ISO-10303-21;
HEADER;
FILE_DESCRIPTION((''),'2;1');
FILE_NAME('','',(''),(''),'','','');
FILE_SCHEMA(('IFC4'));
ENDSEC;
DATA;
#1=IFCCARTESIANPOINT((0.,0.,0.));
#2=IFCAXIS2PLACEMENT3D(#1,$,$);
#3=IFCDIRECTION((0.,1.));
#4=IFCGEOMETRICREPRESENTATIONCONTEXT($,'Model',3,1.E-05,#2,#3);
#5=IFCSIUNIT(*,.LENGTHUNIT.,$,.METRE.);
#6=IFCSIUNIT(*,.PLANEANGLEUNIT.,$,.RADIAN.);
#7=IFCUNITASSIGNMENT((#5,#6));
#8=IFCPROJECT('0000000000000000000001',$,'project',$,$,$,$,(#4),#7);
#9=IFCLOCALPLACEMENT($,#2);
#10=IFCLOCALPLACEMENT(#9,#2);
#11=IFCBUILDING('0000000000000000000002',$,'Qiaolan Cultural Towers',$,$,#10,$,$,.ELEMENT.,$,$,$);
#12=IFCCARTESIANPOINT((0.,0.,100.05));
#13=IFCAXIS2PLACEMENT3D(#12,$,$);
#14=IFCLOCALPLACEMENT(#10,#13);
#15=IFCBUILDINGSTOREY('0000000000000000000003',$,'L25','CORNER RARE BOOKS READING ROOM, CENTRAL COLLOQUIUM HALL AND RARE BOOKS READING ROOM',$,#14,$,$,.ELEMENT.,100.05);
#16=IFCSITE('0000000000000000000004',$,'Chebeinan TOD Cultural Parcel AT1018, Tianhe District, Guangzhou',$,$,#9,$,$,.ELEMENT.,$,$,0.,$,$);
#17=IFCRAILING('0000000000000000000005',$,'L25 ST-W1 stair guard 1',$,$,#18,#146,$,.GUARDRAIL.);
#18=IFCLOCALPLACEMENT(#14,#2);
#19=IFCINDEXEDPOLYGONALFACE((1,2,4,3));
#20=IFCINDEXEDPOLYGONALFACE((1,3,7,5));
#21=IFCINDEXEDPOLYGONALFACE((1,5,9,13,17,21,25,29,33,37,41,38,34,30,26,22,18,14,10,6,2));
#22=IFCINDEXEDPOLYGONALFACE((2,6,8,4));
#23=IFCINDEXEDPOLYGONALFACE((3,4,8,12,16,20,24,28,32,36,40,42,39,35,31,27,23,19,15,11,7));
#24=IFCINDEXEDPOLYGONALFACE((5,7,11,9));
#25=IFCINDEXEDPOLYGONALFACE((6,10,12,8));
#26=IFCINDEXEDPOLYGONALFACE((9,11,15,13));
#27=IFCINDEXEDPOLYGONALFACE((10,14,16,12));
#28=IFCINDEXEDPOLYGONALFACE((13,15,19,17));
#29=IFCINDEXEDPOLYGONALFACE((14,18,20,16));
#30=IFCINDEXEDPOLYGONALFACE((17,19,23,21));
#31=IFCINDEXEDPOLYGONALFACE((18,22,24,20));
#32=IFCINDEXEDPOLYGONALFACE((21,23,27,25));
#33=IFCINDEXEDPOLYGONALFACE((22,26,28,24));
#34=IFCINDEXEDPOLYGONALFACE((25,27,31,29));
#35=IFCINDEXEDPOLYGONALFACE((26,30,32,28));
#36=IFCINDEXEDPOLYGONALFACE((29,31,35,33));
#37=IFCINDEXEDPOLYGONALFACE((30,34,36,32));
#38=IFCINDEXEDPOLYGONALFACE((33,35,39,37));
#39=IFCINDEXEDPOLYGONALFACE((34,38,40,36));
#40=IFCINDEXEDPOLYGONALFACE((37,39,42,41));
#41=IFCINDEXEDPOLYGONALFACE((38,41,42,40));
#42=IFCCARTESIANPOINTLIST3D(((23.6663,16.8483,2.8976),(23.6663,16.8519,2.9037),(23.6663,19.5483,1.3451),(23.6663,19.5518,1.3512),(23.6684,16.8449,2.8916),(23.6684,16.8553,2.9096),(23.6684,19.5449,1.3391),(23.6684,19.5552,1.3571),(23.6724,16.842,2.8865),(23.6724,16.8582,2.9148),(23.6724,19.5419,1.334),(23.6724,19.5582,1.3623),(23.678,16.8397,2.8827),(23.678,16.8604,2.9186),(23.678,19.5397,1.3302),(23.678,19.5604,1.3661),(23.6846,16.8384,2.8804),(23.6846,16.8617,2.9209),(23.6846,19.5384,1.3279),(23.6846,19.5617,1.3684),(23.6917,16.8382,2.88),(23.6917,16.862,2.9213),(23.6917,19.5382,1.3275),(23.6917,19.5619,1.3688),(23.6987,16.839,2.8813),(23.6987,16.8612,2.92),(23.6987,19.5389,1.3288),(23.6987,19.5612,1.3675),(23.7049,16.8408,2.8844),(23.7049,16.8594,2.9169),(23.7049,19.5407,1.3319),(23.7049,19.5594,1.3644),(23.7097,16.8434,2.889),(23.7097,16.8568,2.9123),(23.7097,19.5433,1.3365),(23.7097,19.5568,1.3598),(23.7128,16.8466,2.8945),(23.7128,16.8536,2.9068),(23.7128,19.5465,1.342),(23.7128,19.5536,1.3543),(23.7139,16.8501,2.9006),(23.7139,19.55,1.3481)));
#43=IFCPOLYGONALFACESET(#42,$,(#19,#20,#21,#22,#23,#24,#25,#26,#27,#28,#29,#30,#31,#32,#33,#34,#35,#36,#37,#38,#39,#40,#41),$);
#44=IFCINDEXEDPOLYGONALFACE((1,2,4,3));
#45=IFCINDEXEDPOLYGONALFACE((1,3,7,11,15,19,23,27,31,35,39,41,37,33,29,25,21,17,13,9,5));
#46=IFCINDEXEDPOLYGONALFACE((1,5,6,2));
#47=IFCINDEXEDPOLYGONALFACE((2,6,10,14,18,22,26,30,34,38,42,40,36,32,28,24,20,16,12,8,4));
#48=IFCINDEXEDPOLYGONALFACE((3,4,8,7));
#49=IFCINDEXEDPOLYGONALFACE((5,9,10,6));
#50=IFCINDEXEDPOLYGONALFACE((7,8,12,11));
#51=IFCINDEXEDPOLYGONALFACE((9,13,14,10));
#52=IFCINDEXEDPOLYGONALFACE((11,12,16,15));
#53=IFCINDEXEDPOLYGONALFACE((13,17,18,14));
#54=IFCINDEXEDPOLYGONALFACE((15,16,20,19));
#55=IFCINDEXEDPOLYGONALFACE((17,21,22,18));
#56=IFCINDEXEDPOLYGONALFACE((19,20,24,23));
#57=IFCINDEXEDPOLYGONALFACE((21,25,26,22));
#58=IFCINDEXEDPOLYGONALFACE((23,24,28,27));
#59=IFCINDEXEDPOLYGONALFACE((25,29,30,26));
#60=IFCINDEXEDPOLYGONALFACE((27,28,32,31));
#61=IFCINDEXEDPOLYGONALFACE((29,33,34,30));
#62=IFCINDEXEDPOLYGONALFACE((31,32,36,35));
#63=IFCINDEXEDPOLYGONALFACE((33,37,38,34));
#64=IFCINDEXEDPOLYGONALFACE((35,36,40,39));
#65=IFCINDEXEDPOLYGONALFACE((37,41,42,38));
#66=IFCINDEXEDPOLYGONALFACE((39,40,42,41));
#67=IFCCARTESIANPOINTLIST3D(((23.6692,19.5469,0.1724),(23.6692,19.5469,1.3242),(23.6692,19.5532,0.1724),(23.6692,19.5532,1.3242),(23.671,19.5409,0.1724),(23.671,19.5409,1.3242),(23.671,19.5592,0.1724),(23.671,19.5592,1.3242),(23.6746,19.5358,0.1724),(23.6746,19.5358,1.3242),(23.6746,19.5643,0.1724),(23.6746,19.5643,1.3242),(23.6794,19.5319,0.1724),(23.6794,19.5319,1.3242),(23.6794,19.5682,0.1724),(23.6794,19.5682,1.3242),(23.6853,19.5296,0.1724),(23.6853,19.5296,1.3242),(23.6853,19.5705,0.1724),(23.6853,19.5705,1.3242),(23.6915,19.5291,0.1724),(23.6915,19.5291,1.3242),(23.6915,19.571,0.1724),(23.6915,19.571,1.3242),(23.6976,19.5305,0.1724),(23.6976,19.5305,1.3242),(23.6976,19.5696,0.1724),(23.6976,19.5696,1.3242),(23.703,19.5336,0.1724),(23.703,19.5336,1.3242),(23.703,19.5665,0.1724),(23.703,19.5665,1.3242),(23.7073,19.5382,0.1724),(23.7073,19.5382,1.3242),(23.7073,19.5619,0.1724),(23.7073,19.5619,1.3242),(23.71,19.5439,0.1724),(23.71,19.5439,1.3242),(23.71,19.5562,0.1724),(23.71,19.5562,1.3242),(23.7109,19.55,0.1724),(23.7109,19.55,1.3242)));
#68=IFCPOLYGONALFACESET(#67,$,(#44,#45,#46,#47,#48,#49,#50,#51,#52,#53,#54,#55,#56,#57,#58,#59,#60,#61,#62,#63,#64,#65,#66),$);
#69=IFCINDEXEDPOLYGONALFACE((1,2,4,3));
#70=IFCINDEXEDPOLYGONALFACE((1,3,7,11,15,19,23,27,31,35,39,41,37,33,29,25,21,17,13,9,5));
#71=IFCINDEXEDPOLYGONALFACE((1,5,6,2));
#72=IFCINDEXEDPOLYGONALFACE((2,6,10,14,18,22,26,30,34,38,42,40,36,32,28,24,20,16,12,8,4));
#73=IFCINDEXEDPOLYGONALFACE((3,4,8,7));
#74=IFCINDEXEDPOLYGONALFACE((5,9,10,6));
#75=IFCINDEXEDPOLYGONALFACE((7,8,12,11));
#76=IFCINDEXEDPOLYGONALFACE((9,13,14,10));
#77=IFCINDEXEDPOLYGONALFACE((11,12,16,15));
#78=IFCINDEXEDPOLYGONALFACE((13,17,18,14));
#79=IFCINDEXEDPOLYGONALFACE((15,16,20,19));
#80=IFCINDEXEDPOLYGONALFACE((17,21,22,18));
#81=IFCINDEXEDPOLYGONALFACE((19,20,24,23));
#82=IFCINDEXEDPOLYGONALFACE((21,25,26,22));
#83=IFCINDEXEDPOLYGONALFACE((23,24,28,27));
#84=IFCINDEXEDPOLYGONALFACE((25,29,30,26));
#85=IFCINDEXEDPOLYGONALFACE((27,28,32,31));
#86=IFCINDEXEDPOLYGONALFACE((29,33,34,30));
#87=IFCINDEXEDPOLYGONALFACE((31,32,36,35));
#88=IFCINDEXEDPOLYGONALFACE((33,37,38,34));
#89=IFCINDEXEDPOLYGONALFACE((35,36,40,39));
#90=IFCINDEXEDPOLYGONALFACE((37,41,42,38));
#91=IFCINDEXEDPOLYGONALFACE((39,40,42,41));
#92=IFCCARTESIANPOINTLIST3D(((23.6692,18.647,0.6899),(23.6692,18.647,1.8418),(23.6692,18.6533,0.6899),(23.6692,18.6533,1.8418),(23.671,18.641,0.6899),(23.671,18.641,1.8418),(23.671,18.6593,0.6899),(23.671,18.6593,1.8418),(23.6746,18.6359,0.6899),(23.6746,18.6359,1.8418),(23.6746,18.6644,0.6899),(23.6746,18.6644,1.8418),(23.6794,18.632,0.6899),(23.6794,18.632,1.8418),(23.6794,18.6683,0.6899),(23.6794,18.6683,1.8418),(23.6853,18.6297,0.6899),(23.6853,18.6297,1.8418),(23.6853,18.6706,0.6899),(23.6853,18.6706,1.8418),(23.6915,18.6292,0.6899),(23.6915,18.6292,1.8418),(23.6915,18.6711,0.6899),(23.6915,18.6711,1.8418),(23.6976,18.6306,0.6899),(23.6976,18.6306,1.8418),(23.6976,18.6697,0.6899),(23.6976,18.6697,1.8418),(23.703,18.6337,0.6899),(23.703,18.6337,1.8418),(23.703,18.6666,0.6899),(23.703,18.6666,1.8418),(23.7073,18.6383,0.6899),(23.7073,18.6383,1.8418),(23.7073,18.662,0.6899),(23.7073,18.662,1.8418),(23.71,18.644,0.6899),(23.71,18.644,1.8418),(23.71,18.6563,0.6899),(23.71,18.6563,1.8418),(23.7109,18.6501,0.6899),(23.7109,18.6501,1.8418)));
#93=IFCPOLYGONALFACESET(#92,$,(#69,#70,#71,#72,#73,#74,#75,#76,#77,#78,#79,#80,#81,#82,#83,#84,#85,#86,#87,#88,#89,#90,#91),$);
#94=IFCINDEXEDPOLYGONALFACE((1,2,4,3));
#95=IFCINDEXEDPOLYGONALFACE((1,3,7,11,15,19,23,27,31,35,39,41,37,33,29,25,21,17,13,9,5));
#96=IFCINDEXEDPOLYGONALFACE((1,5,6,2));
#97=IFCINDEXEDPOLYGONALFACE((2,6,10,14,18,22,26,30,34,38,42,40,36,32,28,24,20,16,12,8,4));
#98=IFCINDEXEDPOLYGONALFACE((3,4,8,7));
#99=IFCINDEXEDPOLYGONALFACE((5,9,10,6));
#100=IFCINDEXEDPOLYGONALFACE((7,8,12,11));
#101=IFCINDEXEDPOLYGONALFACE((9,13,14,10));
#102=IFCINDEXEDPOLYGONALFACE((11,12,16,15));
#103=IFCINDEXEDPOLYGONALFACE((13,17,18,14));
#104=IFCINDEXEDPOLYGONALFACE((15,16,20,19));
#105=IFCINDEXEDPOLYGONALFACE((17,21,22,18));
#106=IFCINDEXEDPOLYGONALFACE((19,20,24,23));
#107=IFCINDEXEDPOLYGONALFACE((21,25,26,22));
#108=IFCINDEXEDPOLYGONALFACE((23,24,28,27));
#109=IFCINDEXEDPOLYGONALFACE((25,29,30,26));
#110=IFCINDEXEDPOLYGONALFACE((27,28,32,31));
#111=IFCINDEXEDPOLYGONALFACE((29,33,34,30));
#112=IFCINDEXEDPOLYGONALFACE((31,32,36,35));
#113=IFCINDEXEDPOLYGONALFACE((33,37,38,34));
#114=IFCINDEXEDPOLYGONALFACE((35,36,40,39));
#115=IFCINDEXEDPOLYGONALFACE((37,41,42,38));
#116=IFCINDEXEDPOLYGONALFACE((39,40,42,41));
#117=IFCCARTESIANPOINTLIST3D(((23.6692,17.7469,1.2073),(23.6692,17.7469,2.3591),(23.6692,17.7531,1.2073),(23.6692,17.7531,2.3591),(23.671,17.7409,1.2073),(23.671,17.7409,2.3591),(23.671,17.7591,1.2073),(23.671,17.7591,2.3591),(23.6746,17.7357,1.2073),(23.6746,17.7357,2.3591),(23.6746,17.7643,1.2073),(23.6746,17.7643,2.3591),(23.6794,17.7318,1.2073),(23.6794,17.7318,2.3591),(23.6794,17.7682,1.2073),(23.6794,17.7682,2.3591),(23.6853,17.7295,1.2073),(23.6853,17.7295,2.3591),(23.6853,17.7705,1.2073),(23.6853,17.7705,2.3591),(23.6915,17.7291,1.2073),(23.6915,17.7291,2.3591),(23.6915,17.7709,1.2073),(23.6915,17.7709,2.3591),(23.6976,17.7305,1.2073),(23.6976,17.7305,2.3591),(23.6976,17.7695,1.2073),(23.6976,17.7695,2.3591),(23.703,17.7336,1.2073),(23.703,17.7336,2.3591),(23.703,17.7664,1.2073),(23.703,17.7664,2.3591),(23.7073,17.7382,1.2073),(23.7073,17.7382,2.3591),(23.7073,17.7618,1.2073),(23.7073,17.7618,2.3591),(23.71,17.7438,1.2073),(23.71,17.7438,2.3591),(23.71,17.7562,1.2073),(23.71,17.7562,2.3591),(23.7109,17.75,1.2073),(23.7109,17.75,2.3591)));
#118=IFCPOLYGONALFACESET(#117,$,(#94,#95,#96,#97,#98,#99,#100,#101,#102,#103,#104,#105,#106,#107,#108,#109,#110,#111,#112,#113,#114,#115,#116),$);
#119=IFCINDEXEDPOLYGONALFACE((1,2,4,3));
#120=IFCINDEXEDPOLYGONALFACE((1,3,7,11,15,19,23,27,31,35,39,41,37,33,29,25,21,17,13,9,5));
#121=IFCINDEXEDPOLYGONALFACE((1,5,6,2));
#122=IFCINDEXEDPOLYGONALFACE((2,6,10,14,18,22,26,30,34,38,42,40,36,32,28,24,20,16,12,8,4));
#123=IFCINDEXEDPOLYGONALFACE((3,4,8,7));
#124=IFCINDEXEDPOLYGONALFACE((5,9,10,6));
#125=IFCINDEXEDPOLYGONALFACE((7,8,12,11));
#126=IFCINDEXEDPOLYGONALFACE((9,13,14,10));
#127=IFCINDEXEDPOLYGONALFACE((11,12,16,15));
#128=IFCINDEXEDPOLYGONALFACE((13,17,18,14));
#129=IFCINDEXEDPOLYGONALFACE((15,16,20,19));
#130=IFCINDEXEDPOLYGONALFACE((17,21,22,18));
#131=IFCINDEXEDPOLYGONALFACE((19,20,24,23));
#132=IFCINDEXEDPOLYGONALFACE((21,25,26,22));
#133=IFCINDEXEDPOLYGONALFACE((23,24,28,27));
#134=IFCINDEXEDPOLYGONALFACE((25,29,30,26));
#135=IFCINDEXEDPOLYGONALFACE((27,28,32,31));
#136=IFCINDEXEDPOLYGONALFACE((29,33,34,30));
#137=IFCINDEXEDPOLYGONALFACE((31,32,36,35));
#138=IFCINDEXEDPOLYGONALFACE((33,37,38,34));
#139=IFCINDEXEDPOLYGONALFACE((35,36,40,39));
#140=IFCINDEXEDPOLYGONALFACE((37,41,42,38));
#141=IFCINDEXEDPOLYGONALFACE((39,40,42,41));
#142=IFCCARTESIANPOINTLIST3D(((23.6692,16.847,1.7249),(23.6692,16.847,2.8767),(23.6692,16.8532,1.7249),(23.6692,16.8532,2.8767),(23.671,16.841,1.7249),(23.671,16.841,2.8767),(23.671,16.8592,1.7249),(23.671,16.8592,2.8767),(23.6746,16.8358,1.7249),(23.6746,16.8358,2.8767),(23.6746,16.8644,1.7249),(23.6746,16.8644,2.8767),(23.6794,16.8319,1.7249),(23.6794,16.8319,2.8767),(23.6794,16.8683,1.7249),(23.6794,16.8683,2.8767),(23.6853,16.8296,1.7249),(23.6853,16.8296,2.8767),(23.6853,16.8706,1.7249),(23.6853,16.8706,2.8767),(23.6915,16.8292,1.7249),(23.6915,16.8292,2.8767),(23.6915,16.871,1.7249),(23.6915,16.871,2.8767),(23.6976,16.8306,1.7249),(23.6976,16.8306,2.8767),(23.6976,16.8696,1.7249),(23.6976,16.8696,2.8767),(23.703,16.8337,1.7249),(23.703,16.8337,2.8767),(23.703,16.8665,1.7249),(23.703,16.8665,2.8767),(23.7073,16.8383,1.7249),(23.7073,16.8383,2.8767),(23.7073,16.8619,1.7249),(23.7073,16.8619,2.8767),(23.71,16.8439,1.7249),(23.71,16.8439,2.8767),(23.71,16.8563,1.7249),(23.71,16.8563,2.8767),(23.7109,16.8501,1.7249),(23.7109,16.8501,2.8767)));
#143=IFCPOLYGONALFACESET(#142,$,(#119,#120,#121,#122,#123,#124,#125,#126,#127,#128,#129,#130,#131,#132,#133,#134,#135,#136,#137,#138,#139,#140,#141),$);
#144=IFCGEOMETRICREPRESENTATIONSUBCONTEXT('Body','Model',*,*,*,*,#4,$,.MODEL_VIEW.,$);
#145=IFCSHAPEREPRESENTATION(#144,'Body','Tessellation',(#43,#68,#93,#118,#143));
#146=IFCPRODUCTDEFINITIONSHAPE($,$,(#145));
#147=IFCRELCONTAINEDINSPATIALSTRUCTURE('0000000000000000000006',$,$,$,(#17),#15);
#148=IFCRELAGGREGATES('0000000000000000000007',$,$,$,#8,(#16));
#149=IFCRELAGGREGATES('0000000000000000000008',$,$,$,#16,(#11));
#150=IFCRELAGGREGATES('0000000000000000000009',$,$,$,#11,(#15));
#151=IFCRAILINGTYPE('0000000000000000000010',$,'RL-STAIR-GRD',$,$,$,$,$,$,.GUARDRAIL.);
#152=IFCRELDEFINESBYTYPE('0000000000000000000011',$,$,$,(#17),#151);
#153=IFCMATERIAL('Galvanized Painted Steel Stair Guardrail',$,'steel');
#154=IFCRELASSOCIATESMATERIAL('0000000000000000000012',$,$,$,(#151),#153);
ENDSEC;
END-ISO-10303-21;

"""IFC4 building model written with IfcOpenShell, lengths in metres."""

from ifc_helpers import new_model, si_unit, direction, frame, origin, origin_2d, place, context, subcontext, project, spatial, circle, extrude, material, type_object, element, save


model = new_model("IFC4")

# Units and contexts
model_context = context("Model", 3, precision=1e-05, world=origin(), true_north=direction((0.0, 1.0)))
body_context = subcontext(model_context, "Body", "Model", "MODEL_VIEW")
ifc_project = project(units=[si_unit("LENGTHUNIT", "METRE"), si_unit("PLANEANGLEUNIT", "RADIAN")], contexts=[model_context])

# Site, building, storey
site_placement = place(None, origin())
site = spatial("IfcSite", under=ifc_project, at=site_placement, Name="Chebeinan TOD Cultural Parcel AT1018, Tianhe District, Guangzhou", CompositionType="ELEMENT", RefElevation=0.0)
building_placement = place(site_placement, origin())
building = spatial("IfcBuilding", under=site, at=building_placement, Name="Qiaolan Cultural Towers", CompositionType="ELEMENT")
storey_placement = place(building_placement, frame((0.0, 0.0, 100.05)))
storey = spatial("IfcBuildingStorey", under=building, at=storey_placement, Name="L25", Description="CORNER RARE BOOKS READING ROOM, CENTRAL COLLOQUIUM HALL AND RARE BOOKS READING ROOM", CompositionType="ELEMENT", Elevation=100.05)

# Railing
ifc_material_1 = material(Name="Galvanized Painted Steel Stair Guardrail", Category="steel")
railing_type_1 = type_object("IfcRailingType", Name="RL-STAIR-GRD", PredefinedType="GUARDRAIL", material=ifc_material_1)
railing_1_placement = place(storey_placement, frame((23.6899, 19.55, 0.1724)))
element("IfcRailing", 1, at=railing_1_placement, inside=storey, type_object=railing_type_1, Name="L25 ST-W1 stair guard 1", PredefinedType="GUARDRAIL", context=body_context, shape_type="SweptSolid", body=[
    extrude(circle(Radius=0.0239, at=origin_2d()), frame((0.0, 0.0, 1.1758), z_axis=(0.0, -0.866904, 0.498476), x_axis=(1.0, 0.0, 0.0)), (0.0, 0.0, 1.0), 3.1145),
    extrude(circle(Radius=0.021, at=origin_2d()), origin(), (0.0, 0.0, 1.0), 1.1519),
    extrude(circle(Radius=0.021, at=origin_2d()), frame((0.0, -0.8999, 0.5176)), (0.0, 0.0, 1.0), 1.1519),
    extrude(circle(Radius=0.021, at=origin_2d()), frame((0.0, -1.8, 1.0349)), (0.0, 0.0, 1.0), 1.1519),
    extrude(circle(Radius=0.021, at=origin_2d()), frame((0.0, -2.7, 1.5525)), (0.0, 0.0, 1.0), 1.1519),
])

save(model, "model.ifc")
